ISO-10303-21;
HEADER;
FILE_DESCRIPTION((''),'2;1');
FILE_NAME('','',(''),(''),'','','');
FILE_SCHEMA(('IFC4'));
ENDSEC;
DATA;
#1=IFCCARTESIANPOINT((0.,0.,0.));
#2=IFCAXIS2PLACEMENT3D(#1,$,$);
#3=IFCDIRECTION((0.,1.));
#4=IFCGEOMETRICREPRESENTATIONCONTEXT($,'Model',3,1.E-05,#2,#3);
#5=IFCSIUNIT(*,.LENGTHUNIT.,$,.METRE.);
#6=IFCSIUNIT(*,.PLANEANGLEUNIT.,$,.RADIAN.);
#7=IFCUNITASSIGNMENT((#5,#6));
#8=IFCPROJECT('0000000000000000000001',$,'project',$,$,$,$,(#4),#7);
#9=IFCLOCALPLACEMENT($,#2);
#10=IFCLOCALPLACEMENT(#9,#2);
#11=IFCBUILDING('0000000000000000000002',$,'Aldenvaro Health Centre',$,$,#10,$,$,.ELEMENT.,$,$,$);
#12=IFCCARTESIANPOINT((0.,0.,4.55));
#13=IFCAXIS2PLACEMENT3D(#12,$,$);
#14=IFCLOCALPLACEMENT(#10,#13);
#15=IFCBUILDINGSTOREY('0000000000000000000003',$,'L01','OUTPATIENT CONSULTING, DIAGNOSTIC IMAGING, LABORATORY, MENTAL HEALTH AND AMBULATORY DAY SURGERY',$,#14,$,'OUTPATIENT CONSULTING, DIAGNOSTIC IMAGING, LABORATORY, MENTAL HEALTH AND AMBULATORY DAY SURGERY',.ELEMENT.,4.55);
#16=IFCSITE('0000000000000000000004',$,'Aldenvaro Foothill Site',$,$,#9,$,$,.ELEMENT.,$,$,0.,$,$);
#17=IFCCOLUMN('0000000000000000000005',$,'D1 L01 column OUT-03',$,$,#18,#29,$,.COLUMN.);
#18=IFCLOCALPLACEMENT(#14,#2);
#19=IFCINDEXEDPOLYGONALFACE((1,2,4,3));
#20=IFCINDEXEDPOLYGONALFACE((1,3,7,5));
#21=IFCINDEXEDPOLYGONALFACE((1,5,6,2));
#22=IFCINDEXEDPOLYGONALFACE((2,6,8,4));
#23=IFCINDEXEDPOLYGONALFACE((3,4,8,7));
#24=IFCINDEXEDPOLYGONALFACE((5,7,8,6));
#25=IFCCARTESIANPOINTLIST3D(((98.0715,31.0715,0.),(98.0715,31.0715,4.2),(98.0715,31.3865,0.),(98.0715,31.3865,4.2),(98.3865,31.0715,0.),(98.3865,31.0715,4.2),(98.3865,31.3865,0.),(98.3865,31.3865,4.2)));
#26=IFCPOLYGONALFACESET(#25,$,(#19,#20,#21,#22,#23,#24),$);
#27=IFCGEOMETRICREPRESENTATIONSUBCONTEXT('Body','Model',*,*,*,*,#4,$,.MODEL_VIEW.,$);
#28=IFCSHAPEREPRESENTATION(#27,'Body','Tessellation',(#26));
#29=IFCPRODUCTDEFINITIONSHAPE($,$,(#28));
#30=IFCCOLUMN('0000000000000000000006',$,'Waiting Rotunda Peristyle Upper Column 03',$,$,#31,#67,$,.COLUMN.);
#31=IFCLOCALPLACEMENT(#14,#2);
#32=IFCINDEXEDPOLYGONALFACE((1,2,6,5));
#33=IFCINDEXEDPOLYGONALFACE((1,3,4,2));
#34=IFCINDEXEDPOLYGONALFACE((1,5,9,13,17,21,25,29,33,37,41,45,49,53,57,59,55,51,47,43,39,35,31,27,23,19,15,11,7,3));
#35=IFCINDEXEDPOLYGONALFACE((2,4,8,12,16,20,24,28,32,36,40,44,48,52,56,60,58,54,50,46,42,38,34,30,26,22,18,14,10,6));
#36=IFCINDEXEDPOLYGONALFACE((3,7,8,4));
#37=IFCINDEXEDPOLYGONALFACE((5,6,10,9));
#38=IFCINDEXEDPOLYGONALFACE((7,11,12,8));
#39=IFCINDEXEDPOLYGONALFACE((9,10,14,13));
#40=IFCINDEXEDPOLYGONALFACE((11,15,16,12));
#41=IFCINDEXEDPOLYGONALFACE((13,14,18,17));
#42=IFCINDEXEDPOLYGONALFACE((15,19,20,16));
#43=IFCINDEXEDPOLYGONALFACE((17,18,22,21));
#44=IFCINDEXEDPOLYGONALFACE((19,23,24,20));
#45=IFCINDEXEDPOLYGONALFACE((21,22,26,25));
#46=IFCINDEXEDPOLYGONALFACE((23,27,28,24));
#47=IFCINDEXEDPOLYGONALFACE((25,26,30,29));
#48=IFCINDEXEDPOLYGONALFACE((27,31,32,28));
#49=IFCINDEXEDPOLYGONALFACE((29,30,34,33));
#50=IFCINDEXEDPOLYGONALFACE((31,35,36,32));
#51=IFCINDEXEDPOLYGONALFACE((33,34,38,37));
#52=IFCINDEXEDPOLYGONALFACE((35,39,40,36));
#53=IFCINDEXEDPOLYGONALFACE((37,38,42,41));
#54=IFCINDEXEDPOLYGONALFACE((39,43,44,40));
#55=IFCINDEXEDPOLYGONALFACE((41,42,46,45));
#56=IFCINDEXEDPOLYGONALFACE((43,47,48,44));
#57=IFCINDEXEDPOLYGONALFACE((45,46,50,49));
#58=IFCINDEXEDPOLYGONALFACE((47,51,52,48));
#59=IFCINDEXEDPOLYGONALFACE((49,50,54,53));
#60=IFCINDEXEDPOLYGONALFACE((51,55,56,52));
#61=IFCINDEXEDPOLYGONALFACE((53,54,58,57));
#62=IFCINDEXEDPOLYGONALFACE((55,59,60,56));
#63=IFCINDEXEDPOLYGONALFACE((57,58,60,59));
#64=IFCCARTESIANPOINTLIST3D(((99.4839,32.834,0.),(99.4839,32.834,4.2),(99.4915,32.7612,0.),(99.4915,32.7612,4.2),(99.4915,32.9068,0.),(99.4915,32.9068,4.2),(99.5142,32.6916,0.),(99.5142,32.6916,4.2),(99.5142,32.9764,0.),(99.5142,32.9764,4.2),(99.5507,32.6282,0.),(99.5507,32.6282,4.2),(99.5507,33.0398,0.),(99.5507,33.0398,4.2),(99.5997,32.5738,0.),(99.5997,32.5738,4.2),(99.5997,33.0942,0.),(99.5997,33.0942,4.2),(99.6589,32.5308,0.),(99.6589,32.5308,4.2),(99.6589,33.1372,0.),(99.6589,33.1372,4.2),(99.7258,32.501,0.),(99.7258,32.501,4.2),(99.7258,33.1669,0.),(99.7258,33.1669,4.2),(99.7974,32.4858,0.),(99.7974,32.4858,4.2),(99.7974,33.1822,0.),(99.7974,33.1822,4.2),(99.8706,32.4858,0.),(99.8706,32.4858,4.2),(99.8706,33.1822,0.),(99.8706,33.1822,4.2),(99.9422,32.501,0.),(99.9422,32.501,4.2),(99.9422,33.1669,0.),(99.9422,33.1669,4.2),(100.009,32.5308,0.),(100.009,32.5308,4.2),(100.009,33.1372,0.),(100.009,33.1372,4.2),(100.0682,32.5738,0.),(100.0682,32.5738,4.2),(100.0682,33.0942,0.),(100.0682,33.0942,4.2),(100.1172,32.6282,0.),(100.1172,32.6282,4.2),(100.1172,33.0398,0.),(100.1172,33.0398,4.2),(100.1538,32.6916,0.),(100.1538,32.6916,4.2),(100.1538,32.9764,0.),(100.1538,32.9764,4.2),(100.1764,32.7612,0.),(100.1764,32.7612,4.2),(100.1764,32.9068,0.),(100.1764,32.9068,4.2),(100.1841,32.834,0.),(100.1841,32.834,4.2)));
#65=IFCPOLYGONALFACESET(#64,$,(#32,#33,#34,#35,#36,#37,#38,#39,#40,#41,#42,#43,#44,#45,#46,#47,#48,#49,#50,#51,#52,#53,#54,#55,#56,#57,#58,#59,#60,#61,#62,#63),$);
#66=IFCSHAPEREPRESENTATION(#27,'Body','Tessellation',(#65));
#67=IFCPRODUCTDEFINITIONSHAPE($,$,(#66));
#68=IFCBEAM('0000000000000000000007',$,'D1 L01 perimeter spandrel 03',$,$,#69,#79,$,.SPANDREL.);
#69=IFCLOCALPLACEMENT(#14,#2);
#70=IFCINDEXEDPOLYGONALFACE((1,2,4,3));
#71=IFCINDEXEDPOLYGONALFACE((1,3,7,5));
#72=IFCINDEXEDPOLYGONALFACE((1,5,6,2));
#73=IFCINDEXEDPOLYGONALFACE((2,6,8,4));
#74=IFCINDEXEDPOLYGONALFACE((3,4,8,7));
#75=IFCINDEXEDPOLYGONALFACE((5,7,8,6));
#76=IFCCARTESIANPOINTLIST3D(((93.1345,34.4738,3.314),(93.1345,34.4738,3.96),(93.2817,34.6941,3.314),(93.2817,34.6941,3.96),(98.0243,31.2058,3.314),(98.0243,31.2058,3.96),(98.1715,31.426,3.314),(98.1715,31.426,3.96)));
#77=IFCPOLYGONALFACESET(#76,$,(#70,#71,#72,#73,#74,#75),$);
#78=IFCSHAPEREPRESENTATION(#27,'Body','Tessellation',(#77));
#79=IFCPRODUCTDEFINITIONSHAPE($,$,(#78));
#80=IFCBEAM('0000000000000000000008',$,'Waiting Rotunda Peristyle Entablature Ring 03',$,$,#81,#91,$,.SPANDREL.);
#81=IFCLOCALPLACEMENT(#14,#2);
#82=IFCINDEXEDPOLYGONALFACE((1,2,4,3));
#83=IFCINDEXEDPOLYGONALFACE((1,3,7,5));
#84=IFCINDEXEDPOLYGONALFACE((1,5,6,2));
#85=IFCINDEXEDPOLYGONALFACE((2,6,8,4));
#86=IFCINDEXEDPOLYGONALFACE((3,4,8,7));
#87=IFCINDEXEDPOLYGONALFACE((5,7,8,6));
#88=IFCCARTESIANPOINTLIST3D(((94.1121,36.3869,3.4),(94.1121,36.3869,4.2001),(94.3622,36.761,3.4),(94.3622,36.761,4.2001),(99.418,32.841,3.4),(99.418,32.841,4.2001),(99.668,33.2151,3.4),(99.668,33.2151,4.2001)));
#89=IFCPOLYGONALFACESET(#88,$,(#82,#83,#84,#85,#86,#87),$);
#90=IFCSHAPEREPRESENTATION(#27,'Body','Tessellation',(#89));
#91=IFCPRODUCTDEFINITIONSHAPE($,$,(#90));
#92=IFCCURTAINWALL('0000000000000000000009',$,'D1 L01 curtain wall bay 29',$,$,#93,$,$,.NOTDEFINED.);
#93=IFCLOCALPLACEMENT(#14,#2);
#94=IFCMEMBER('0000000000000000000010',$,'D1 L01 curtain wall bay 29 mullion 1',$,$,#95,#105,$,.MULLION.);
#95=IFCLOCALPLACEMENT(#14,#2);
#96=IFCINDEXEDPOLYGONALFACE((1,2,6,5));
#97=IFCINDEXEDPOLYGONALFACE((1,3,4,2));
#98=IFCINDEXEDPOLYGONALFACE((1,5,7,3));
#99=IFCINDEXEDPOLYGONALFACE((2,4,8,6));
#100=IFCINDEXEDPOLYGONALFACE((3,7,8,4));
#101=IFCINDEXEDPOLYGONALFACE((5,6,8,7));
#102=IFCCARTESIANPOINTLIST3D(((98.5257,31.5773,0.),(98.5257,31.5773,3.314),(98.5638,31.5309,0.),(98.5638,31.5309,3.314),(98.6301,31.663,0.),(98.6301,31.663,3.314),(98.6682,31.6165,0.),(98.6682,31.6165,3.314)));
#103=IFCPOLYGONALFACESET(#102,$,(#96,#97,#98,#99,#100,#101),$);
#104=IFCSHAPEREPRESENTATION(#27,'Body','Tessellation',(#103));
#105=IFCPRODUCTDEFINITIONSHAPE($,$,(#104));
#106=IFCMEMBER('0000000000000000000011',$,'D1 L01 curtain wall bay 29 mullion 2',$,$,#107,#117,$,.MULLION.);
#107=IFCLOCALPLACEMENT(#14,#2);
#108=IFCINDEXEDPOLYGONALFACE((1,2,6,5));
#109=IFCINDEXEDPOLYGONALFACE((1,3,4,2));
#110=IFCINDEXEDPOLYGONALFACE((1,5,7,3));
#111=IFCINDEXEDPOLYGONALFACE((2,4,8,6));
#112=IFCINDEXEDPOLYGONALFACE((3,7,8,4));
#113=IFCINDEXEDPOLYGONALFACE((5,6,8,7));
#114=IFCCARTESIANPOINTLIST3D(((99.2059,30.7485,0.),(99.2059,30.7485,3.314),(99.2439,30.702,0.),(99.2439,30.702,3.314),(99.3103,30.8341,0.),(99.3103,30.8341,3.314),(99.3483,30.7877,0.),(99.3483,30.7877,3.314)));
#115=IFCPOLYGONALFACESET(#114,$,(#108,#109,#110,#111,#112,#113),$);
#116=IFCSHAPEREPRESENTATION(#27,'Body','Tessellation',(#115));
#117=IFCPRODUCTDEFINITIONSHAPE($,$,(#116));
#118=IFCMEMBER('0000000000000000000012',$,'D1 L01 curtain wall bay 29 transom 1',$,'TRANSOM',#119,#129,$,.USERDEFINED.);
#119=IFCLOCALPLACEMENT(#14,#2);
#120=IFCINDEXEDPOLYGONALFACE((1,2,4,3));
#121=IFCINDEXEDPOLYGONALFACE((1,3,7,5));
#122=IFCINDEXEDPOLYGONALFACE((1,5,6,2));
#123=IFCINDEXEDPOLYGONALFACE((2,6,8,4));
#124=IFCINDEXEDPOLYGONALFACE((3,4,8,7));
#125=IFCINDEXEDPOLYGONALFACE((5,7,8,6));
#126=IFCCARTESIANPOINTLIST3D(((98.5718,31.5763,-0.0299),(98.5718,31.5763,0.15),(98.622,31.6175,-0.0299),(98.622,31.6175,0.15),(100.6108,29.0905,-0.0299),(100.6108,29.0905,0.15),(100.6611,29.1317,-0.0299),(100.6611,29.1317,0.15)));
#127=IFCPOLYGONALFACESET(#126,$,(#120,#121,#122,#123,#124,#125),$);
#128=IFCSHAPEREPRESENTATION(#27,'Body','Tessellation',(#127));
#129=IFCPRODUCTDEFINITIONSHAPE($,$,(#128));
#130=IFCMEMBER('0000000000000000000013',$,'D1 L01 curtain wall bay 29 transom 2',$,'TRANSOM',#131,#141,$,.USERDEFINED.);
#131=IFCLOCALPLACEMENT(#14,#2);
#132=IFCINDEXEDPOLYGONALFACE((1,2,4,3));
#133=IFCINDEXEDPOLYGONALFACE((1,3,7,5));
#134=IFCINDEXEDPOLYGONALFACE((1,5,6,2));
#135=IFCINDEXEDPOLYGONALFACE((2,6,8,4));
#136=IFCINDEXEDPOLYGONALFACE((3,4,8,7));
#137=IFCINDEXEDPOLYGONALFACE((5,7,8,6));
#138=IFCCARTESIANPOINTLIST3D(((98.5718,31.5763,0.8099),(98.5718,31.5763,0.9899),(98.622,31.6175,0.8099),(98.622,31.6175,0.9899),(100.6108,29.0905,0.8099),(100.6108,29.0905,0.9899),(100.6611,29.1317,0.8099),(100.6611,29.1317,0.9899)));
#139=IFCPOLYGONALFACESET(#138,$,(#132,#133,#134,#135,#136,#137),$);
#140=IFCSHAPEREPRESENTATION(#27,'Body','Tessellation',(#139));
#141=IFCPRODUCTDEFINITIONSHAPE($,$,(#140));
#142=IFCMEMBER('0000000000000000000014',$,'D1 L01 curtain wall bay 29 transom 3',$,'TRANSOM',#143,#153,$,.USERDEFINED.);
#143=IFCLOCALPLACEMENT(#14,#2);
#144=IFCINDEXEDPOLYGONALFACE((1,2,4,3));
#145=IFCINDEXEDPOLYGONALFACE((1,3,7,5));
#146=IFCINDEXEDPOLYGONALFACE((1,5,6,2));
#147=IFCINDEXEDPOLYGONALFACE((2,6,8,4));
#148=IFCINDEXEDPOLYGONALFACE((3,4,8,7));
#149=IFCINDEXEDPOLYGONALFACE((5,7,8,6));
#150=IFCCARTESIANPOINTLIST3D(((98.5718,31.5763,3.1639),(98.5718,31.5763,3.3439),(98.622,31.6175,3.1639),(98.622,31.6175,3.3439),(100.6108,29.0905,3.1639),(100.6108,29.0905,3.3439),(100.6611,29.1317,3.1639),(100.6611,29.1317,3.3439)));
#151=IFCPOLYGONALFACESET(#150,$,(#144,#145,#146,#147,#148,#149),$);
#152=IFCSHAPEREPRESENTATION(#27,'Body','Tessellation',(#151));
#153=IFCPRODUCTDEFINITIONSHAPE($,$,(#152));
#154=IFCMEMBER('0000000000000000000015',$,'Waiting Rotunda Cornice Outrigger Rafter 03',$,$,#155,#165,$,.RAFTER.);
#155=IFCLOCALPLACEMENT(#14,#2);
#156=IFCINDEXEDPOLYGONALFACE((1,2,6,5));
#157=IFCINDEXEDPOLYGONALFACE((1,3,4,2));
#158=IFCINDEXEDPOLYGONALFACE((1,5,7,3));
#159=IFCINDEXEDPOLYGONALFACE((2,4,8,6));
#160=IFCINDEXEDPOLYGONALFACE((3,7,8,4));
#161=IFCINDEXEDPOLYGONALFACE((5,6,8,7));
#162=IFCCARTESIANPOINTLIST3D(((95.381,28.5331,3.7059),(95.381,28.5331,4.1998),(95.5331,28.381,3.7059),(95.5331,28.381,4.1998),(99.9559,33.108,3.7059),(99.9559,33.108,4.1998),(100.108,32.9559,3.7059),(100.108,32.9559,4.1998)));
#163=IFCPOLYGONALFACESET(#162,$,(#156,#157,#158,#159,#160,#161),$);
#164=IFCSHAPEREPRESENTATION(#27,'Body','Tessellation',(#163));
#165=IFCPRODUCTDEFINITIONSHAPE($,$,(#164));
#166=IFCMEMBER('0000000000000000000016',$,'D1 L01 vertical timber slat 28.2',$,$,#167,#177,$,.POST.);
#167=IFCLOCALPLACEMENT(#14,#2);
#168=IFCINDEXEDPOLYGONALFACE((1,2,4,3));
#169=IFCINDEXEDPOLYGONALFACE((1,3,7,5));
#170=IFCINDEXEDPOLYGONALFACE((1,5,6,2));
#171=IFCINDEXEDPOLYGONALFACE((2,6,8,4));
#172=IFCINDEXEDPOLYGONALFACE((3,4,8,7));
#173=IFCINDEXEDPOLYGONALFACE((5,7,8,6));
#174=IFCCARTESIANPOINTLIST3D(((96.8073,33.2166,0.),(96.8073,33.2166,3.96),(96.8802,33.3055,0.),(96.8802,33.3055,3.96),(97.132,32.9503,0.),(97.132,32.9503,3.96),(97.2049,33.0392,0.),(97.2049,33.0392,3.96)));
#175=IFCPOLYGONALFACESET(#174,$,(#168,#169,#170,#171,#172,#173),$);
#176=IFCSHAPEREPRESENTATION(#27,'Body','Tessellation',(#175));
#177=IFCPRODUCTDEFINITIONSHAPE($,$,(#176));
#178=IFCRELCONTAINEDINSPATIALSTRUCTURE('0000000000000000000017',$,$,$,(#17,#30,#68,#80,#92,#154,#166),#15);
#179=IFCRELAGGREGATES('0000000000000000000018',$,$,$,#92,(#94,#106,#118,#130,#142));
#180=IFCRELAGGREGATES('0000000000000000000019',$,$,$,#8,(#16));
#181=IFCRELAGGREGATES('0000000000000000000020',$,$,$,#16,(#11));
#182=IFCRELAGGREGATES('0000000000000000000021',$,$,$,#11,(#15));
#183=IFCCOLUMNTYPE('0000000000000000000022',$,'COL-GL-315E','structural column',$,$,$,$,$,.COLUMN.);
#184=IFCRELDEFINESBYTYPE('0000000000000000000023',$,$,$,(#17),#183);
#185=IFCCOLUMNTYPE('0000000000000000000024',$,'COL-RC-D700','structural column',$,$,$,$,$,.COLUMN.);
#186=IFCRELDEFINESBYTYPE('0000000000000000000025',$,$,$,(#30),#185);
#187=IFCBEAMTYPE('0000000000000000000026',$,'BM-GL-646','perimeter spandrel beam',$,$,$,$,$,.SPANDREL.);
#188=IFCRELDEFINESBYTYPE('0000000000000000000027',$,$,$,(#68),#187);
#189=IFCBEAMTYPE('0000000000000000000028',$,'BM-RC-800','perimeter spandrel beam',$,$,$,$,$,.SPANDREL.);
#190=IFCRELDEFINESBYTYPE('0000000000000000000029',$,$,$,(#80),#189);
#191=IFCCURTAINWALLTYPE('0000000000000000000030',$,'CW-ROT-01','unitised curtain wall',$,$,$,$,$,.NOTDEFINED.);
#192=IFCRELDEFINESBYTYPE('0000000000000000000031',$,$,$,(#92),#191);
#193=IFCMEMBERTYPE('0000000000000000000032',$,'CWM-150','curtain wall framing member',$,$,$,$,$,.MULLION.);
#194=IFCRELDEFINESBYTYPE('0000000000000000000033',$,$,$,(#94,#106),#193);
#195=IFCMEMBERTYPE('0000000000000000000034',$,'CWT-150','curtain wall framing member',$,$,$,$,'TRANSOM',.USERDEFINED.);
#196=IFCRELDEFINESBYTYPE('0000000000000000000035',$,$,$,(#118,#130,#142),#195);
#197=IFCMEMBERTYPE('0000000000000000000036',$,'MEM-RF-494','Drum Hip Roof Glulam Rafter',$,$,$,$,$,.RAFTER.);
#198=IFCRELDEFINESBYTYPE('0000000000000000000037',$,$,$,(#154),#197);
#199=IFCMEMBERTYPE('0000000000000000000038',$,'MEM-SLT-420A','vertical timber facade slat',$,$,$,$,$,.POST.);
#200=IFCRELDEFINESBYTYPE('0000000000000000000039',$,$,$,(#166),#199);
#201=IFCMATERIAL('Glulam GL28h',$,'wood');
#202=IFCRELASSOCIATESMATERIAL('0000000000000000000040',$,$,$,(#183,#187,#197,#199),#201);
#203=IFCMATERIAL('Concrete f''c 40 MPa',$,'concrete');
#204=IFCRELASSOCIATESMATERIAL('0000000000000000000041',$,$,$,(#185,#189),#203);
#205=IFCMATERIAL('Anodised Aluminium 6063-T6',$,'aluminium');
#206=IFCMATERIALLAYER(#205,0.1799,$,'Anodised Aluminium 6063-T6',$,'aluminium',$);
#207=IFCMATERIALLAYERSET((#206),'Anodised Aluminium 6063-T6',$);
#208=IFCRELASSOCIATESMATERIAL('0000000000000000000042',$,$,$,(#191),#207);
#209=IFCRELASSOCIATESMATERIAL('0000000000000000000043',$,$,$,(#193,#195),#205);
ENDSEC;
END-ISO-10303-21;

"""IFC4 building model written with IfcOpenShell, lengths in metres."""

from ifc_helpers import new_model, si_unit, direction, frame, origin, origin_2d, place, context, subcontext, project, spatial, rectangle, circle, extrude, material, layer, layer_set, material_profile, profile_set, type_object, element, aggregate, save


model = new_model("IFC4")

# Units and contexts
model_context = context("Model", 3, precision=1e-05, world=origin(), true_north=direction((0.0, 1.0)))
body_context = subcontext(model_context, "Body", "Model", "MODEL_VIEW")
ifc_project = project(units=[si_unit("LENGTHUNIT", "METRE"), si_unit("PLANEANGLEUNIT", "RADIAN")], contexts=[model_context])

# Site, building, storey
site_placement = place(None, origin())
site = spatial("IfcSite", under=ifc_project, at=site_placement, Name="Aldenvaro Foothill Site", CompositionType="ELEMENT", RefElevation=0.0)
building_placement = place(site_placement, origin())
building = spatial("IfcBuilding", under=site, at=building_placement, Name="Aldenvaro Health Centre", CompositionType="ELEMENT")
storey_placement = place(building_placement, frame((0.0, 0.0, 4.55)))
storey = spatial("IfcBuildingStorey", under=building, at=storey_placement, Name="L01", Description="OUTPATIENT CONSULTING, DIAGNOSTIC IMAGING, LABORATORY, MENTAL HEALTH AND AMBULATORY DAY SURGERY", LongName="OUTPATIENT CONSULTING, DIAGNOSTIC IMAGING, LABORATORY, MENTAL HEALTH AND AMBULATORY DAY SURGERY", CompositionType="ELEMENT", Elevation=4.55)

# Columns
ifc_material_1 = material(Name="Glulam GL28h", Category="wood")
ifc_material_profile_1 = material_profile(ifc_material_1, rectangle(XDim=0.3149, YDim=0.3149, at=origin_2d()), Name="GL 315x315", Category="wood")
ifc_profile_set_1 = profile_set([ifc_material_profile_1], Name="Glulam GL28h")
column_type_1 = type_object("IfcColumnType", Name="COL-GL-315E", Description="structural column", PredefinedType="COLUMN", material=ifc_profile_set_1)
column_1_placement = place(storey_placement, frame((98.229, 31.229, 0.0), z_axis=(0.0, 0.0, 1.0), x_axis=(1.0, 0.0, 0.0)))
element("IfcColumn", 1, at=column_1_placement, inside=storey, type_object=column_type_1, Name="D1 L01 column OUT-03", PredefinedType="COLUMN", context=body_context, shape_type="SweptSolid", body=[
    extrude(rectangle(XDim=0.3149, YDim=0.3149, at=origin_2d()), origin(), (0.0, 0.0, 1.0), 4.2),
])
ifc_material_2 = material(Name="Concrete f'c 40 MPa", Category="concrete")
ifc_material_profile_2 = material_profile(ifc_material_2, circle(Radius=0.3501, at=origin_2d()), Name="RC D700", Category="concrete")
ifc_profile_set_2 = profile_set([ifc_material_profile_2], Name="Concrete f'c 40 MPa")
column_type_2 = type_object("IfcColumnType", Name="COL-RC-D700", Description="structural column", PredefinedType="COLUMN", material=ifc_profile_set_2)
column_2_placement = place(storey_placement, frame((99.834, 32.834, 0.0), z_axis=(0.0, 0.0, 1.0), x_axis=(1.0, 0.0, 0.0)))
element("IfcColumn", 2, at=column_2_placement, inside=storey, type_object=column_type_2, Name="Waiting Rotunda Peristyle Upper Column 03", PredefinedType="COLUMN", context=body_context, shape_type="SweptSolid", body=[
    extrude(circle(Radius=0.3501, at=origin_2d()), origin(), (0.0, 0.0, 1.0), 4.2),
])

# Beams
ifc_material_profile_3 = material_profile(ifc_material_1, rectangle(XDim=0.2649, YDim=0.646, at=origin_2d()), Name="GL 265x646", Category="wood")
ifc_profile_set_3 = profile_set([ifc_material_profile_3], Name="Glulam GL28h")
beam_type_1 = type_object("IfcBeamType", Name="BM-GL-646", Description="perimeter spandrel beam", PredefinedType="SPANDREL", material=ifc_profile_set_3)
beam_1_placement = place(storey_placement, frame((98.0979, 31.3159, 3.637), z_axis=(-0.831411, 0.555658, 0.0), x_axis=(-0.555658, -0.831411, 0.0)))
element("IfcBeam", 3, at=beam_1_placement, inside=storey, type_object=beam_type_1, Name="D1 L01 perimeter spandrel 03", PredefinedType="SPANDREL", context=body_context, shape_type="SweptSolid", body=[
    extrude(rectangle(XDim=0.2649, YDim=0.646, at=origin_2d()), origin(), (0.0, 0.0, 1.0), 5.8813),
])
ifc_material_profile_4 = material_profile(ifc_material_2, rectangle(XDim=0.45, YDim=0.8, at=origin_2d()), Name="RC 450x800", Category="concrete")
ifc_profile_set_4 = profile_set([ifc_material_profile_4], Name="Concrete f'c 40 MPa")
beam_type_2 = type_object("IfcBeamType", Name="BM-RC-800", Description="perimeter spandrel beam", PredefinedType="SPANDREL", material=ifc_profile_set_4)
beam_2_placement = place(storey_placement, frame((99.543, 33.0281, 3.8), z_axis=(-0.831426, 0.555636, 0.0), x_axis=(-0.555636, -0.831426, 0.0)))
element("IfcBeam", 4, at=beam_2_placement, inside=storey, type_object=beam_type_2, Name="Waiting Rotunda Peristyle Entablature Ring 03", PredefinedType="SPANDREL", context=body_context, shape_type="SweptSolid", body=[
    extrude(rectangle(XDim=0.45, YDim=0.8, at=origin_2d()), origin(), (0.0, 0.0, 1.0), 6.3816),
])

# Curtain wall, members
ifc_material_3 = material(Name="Anodised Aluminium 6063-T6", Category="aluminium")
ifc_layer_1 = layer(ifc_material_3, 0.1799, Name="Anodised Aluminium 6063-T6", Category="aluminium")
ifc_layer_set_1 = layer_set([ifc_layer_1], Name="Anodised Aluminium 6063-T6")
curtain_wall_type = type_object("IfcCurtainWallType", Name="CW-ROT-01", Description="unitised curtain wall", PredefinedType="NOTDEFINED", material=ifc_layer_set_1)
curtain_wall_placement = place(storey_placement, origin())
curtain_wall = element("IfcCurtainWall", 5, at=curtain_wall_placement, inside=storey, type_object=curtain_wall_type, Name="D1 L01 curtain wall bay 29", PredefinedType="NOTDEFINED")
ifc_material_profile_5 = material_profile(ifc_material_3, rectangle(XDim=0.0601, YDim=0.135, at=origin_2d()), Name="ALU 60x135", Category="aluminium")
ifc_profile_set_5 = profile_set([ifc_material_profile_5], Name="Anodised Aluminium 6063-T6")
member_type_1 = type_object("IfcMemberType", Name="CWM-150", Description="curtain wall framing member", PredefinedType="MULLION", material=ifc_profile_set_5)
member_1_placement = place(storey_placement, frame((98.5969, 31.5969, 0.0), z_axis=(0.0, 0.0, 1.0), x_axis=(0.634169, -0.773195, 0.0)))
member_1 = element("IfcMember", 6, at=member_1_placement, type_object=member_type_1, Name="D1 L01 curtain wall bay 29 mullion 1", PredefinedType="MULLION", context=body_context, shape_type="SweptSolid", body=[
    extrude(rectangle(XDim=0.0601, YDim=0.135, at=origin_2d()), origin(), (0.0, 0.0, 1.0), 3.314),
])
member_2_placement = place(storey_placement, frame((99.2771, 30.7681, 0.0), z_axis=(0.0, 0.0, 1.0), x_axis=(0.634169, -0.773195, 0.0)))
member_2 = element("IfcMember", 7, at=member_2_placement, type_object=member_type_1, Name="D1 L01 curtain wall bay 29 mullion 2", PredefinedType="MULLION", context=body_context, shape_type="SweptSolid", body=[
    extrude(rectangle(XDim=0.0601, YDim=0.135, at=origin_2d()), origin(), (0.0, 0.0, 1.0), 3.314),
])
ifc_material_profile_6 = material_profile(ifc_material_3, rectangle(XDim=0.0649, YDim=0.1799, at=origin_2d()), Name="ALU 65x180", Category="aluminium")
ifc_profile_set_6 = profile_set([ifc_material_profile_6], Name="Anodised Aluminium 6063-T6")
member_type_2 = type_object("IfcMemberType", Name="CWT-150", Description="curtain wall framing member", ElementType="TRANSOM", PredefinedType="USERDEFINED", material=ifc_profile_set_6)
member_3_placement = place(storey_placement, frame((98.5969, 31.5969, 0.0601), z_axis=(0.634205, -0.773165, 0.0), x_axis=(0.773165, 0.634205, 0.0)))
member_3 = element("IfcMember", 8, at=member_3_placement, type_object=member_type_2, Name="D1 L01 curtain wall bay 29 transom 1", ObjectType="TRANSOM", PredefinedType="USERDEFINED", context=body_context, shape_type="SweptSolid", body=[
    extrude(rectangle(XDim=0.0649, YDim=0.1799, at=origin_2d()), origin(), (0.0, 0.0, 1.0), 3.2151),
])
member_4_placement = place(storey_placement, frame((98.5969, 31.5969, 0.8999), z_axis=(0.634205, -0.773165, 0.0), x_axis=(0.773165, 0.634205, 0.0)))
member_4 = element("IfcMember", 9, at=member_4_placement, type_object=member_type_2, Name="D1 L01 curtain wall bay 29 transom 2", ObjectType="TRANSOM", PredefinedType="USERDEFINED", context=body_context, shape_type="SweptSolid", body=[
    extrude(rectangle(XDim=0.0649, YDim=0.1799, at=origin_2d()), origin(), (0.0, 0.0, 1.0), 3.2151),
])
member_5_placement = place(storey_placement, frame((98.5969, 31.5969, 3.2539), z_axis=(0.634205, -0.773165, 0.0), x_axis=(0.773165, 0.634205, 0.0)))
member_5 = element("IfcMember", 10, at=member_5_placement, type_object=member_type_2, Name="D1 L01 curtain wall bay 29 transom 3", ObjectType="TRANSOM", PredefinedType="USERDEFINED", context=body_context, shape_type="SweptSolid", body=[
    extrude(rectangle(XDim=0.0649, YDim=0.1799, at=origin_2d()), origin(), (0.0, 0.0, 1.0), 3.2151),
])

# Members
ifc_material_profile_7 = material_profile(ifc_material_1, rectangle(XDim=0.2151, YDim=0.4939, at=origin_2d()), Name="GL 215x494", Category="wood")
ifc_profile_set_7 = profile_set([ifc_material_profile_7], Name="Glulam GL28h")
member_type_3 = type_object("IfcMemberType", Name="MEM-RF-494", Description="Drum Hip Roof Glulam Rafter", PredefinedType="RAFTER", material=ifc_profile_set_7)
member_6_placement = place(storey_placement, frame((100.032, 33.032, 3.9529), z_axis=(-0.707107, -0.707107, 0.0), x_axis=(0.707107, -0.707107, 0.0)))
element("IfcMember", 11, at=member_6_placement, inside=storey, type_object=member_type_3, Name="Waiting Rotunda Cornice Outrigger Rafter 03", PredefinedType="RAFTER", context=body_context, shape_type="SweptSolid", body=[
    extrude(rectangle(XDim=0.2151, YDim=0.4939, at=origin_2d()), origin(), (0.0, 0.0, 1.0), 6.47),
])
ifc_material_profile_8 = material_profile(ifc_material_1, rectangle(XDim=0.115, YDim=0.4199, at=origin_2d()), Name="GL 115x420", Category="wood")
ifc_profile_set_8 = profile_set([ifc_material_profile_8], Name="Glulam GL28h")
member_type_4 = type_object("IfcMemberType", Name="MEM-SLT-420A", Description="vertical timber facade slat", PredefinedType="POST", material=ifc_profile_set_8)
for number, where, z_axis, x_axis, name in (
    (12, (97.0061, 33.1279, 0.0), (0.0, 0.0, 1.0), (0.634169, 0.773195, 0.0), "D1 L01 vertical timber slat 28.2"),
):
    element("IfcMember", number, at=place(storey_placement, frame(where, z_axis=z_axis, x_axis=x_axis)), inside=storey, type_object=member_type_4, Name=name, PredefinedType="POST", context=body_context, shape_type="SweptSolid", body=[
        extrude(rectangle(XDim=0.115, YDim=0.4199, at=origin_2d()), origin(), (0.0, 0.0, 1.0), 3.96),
    ])

aggregate(curtain_wall, [member_1, member_2, member_3, member_4, member_5])

save(model, "model.ifc")
